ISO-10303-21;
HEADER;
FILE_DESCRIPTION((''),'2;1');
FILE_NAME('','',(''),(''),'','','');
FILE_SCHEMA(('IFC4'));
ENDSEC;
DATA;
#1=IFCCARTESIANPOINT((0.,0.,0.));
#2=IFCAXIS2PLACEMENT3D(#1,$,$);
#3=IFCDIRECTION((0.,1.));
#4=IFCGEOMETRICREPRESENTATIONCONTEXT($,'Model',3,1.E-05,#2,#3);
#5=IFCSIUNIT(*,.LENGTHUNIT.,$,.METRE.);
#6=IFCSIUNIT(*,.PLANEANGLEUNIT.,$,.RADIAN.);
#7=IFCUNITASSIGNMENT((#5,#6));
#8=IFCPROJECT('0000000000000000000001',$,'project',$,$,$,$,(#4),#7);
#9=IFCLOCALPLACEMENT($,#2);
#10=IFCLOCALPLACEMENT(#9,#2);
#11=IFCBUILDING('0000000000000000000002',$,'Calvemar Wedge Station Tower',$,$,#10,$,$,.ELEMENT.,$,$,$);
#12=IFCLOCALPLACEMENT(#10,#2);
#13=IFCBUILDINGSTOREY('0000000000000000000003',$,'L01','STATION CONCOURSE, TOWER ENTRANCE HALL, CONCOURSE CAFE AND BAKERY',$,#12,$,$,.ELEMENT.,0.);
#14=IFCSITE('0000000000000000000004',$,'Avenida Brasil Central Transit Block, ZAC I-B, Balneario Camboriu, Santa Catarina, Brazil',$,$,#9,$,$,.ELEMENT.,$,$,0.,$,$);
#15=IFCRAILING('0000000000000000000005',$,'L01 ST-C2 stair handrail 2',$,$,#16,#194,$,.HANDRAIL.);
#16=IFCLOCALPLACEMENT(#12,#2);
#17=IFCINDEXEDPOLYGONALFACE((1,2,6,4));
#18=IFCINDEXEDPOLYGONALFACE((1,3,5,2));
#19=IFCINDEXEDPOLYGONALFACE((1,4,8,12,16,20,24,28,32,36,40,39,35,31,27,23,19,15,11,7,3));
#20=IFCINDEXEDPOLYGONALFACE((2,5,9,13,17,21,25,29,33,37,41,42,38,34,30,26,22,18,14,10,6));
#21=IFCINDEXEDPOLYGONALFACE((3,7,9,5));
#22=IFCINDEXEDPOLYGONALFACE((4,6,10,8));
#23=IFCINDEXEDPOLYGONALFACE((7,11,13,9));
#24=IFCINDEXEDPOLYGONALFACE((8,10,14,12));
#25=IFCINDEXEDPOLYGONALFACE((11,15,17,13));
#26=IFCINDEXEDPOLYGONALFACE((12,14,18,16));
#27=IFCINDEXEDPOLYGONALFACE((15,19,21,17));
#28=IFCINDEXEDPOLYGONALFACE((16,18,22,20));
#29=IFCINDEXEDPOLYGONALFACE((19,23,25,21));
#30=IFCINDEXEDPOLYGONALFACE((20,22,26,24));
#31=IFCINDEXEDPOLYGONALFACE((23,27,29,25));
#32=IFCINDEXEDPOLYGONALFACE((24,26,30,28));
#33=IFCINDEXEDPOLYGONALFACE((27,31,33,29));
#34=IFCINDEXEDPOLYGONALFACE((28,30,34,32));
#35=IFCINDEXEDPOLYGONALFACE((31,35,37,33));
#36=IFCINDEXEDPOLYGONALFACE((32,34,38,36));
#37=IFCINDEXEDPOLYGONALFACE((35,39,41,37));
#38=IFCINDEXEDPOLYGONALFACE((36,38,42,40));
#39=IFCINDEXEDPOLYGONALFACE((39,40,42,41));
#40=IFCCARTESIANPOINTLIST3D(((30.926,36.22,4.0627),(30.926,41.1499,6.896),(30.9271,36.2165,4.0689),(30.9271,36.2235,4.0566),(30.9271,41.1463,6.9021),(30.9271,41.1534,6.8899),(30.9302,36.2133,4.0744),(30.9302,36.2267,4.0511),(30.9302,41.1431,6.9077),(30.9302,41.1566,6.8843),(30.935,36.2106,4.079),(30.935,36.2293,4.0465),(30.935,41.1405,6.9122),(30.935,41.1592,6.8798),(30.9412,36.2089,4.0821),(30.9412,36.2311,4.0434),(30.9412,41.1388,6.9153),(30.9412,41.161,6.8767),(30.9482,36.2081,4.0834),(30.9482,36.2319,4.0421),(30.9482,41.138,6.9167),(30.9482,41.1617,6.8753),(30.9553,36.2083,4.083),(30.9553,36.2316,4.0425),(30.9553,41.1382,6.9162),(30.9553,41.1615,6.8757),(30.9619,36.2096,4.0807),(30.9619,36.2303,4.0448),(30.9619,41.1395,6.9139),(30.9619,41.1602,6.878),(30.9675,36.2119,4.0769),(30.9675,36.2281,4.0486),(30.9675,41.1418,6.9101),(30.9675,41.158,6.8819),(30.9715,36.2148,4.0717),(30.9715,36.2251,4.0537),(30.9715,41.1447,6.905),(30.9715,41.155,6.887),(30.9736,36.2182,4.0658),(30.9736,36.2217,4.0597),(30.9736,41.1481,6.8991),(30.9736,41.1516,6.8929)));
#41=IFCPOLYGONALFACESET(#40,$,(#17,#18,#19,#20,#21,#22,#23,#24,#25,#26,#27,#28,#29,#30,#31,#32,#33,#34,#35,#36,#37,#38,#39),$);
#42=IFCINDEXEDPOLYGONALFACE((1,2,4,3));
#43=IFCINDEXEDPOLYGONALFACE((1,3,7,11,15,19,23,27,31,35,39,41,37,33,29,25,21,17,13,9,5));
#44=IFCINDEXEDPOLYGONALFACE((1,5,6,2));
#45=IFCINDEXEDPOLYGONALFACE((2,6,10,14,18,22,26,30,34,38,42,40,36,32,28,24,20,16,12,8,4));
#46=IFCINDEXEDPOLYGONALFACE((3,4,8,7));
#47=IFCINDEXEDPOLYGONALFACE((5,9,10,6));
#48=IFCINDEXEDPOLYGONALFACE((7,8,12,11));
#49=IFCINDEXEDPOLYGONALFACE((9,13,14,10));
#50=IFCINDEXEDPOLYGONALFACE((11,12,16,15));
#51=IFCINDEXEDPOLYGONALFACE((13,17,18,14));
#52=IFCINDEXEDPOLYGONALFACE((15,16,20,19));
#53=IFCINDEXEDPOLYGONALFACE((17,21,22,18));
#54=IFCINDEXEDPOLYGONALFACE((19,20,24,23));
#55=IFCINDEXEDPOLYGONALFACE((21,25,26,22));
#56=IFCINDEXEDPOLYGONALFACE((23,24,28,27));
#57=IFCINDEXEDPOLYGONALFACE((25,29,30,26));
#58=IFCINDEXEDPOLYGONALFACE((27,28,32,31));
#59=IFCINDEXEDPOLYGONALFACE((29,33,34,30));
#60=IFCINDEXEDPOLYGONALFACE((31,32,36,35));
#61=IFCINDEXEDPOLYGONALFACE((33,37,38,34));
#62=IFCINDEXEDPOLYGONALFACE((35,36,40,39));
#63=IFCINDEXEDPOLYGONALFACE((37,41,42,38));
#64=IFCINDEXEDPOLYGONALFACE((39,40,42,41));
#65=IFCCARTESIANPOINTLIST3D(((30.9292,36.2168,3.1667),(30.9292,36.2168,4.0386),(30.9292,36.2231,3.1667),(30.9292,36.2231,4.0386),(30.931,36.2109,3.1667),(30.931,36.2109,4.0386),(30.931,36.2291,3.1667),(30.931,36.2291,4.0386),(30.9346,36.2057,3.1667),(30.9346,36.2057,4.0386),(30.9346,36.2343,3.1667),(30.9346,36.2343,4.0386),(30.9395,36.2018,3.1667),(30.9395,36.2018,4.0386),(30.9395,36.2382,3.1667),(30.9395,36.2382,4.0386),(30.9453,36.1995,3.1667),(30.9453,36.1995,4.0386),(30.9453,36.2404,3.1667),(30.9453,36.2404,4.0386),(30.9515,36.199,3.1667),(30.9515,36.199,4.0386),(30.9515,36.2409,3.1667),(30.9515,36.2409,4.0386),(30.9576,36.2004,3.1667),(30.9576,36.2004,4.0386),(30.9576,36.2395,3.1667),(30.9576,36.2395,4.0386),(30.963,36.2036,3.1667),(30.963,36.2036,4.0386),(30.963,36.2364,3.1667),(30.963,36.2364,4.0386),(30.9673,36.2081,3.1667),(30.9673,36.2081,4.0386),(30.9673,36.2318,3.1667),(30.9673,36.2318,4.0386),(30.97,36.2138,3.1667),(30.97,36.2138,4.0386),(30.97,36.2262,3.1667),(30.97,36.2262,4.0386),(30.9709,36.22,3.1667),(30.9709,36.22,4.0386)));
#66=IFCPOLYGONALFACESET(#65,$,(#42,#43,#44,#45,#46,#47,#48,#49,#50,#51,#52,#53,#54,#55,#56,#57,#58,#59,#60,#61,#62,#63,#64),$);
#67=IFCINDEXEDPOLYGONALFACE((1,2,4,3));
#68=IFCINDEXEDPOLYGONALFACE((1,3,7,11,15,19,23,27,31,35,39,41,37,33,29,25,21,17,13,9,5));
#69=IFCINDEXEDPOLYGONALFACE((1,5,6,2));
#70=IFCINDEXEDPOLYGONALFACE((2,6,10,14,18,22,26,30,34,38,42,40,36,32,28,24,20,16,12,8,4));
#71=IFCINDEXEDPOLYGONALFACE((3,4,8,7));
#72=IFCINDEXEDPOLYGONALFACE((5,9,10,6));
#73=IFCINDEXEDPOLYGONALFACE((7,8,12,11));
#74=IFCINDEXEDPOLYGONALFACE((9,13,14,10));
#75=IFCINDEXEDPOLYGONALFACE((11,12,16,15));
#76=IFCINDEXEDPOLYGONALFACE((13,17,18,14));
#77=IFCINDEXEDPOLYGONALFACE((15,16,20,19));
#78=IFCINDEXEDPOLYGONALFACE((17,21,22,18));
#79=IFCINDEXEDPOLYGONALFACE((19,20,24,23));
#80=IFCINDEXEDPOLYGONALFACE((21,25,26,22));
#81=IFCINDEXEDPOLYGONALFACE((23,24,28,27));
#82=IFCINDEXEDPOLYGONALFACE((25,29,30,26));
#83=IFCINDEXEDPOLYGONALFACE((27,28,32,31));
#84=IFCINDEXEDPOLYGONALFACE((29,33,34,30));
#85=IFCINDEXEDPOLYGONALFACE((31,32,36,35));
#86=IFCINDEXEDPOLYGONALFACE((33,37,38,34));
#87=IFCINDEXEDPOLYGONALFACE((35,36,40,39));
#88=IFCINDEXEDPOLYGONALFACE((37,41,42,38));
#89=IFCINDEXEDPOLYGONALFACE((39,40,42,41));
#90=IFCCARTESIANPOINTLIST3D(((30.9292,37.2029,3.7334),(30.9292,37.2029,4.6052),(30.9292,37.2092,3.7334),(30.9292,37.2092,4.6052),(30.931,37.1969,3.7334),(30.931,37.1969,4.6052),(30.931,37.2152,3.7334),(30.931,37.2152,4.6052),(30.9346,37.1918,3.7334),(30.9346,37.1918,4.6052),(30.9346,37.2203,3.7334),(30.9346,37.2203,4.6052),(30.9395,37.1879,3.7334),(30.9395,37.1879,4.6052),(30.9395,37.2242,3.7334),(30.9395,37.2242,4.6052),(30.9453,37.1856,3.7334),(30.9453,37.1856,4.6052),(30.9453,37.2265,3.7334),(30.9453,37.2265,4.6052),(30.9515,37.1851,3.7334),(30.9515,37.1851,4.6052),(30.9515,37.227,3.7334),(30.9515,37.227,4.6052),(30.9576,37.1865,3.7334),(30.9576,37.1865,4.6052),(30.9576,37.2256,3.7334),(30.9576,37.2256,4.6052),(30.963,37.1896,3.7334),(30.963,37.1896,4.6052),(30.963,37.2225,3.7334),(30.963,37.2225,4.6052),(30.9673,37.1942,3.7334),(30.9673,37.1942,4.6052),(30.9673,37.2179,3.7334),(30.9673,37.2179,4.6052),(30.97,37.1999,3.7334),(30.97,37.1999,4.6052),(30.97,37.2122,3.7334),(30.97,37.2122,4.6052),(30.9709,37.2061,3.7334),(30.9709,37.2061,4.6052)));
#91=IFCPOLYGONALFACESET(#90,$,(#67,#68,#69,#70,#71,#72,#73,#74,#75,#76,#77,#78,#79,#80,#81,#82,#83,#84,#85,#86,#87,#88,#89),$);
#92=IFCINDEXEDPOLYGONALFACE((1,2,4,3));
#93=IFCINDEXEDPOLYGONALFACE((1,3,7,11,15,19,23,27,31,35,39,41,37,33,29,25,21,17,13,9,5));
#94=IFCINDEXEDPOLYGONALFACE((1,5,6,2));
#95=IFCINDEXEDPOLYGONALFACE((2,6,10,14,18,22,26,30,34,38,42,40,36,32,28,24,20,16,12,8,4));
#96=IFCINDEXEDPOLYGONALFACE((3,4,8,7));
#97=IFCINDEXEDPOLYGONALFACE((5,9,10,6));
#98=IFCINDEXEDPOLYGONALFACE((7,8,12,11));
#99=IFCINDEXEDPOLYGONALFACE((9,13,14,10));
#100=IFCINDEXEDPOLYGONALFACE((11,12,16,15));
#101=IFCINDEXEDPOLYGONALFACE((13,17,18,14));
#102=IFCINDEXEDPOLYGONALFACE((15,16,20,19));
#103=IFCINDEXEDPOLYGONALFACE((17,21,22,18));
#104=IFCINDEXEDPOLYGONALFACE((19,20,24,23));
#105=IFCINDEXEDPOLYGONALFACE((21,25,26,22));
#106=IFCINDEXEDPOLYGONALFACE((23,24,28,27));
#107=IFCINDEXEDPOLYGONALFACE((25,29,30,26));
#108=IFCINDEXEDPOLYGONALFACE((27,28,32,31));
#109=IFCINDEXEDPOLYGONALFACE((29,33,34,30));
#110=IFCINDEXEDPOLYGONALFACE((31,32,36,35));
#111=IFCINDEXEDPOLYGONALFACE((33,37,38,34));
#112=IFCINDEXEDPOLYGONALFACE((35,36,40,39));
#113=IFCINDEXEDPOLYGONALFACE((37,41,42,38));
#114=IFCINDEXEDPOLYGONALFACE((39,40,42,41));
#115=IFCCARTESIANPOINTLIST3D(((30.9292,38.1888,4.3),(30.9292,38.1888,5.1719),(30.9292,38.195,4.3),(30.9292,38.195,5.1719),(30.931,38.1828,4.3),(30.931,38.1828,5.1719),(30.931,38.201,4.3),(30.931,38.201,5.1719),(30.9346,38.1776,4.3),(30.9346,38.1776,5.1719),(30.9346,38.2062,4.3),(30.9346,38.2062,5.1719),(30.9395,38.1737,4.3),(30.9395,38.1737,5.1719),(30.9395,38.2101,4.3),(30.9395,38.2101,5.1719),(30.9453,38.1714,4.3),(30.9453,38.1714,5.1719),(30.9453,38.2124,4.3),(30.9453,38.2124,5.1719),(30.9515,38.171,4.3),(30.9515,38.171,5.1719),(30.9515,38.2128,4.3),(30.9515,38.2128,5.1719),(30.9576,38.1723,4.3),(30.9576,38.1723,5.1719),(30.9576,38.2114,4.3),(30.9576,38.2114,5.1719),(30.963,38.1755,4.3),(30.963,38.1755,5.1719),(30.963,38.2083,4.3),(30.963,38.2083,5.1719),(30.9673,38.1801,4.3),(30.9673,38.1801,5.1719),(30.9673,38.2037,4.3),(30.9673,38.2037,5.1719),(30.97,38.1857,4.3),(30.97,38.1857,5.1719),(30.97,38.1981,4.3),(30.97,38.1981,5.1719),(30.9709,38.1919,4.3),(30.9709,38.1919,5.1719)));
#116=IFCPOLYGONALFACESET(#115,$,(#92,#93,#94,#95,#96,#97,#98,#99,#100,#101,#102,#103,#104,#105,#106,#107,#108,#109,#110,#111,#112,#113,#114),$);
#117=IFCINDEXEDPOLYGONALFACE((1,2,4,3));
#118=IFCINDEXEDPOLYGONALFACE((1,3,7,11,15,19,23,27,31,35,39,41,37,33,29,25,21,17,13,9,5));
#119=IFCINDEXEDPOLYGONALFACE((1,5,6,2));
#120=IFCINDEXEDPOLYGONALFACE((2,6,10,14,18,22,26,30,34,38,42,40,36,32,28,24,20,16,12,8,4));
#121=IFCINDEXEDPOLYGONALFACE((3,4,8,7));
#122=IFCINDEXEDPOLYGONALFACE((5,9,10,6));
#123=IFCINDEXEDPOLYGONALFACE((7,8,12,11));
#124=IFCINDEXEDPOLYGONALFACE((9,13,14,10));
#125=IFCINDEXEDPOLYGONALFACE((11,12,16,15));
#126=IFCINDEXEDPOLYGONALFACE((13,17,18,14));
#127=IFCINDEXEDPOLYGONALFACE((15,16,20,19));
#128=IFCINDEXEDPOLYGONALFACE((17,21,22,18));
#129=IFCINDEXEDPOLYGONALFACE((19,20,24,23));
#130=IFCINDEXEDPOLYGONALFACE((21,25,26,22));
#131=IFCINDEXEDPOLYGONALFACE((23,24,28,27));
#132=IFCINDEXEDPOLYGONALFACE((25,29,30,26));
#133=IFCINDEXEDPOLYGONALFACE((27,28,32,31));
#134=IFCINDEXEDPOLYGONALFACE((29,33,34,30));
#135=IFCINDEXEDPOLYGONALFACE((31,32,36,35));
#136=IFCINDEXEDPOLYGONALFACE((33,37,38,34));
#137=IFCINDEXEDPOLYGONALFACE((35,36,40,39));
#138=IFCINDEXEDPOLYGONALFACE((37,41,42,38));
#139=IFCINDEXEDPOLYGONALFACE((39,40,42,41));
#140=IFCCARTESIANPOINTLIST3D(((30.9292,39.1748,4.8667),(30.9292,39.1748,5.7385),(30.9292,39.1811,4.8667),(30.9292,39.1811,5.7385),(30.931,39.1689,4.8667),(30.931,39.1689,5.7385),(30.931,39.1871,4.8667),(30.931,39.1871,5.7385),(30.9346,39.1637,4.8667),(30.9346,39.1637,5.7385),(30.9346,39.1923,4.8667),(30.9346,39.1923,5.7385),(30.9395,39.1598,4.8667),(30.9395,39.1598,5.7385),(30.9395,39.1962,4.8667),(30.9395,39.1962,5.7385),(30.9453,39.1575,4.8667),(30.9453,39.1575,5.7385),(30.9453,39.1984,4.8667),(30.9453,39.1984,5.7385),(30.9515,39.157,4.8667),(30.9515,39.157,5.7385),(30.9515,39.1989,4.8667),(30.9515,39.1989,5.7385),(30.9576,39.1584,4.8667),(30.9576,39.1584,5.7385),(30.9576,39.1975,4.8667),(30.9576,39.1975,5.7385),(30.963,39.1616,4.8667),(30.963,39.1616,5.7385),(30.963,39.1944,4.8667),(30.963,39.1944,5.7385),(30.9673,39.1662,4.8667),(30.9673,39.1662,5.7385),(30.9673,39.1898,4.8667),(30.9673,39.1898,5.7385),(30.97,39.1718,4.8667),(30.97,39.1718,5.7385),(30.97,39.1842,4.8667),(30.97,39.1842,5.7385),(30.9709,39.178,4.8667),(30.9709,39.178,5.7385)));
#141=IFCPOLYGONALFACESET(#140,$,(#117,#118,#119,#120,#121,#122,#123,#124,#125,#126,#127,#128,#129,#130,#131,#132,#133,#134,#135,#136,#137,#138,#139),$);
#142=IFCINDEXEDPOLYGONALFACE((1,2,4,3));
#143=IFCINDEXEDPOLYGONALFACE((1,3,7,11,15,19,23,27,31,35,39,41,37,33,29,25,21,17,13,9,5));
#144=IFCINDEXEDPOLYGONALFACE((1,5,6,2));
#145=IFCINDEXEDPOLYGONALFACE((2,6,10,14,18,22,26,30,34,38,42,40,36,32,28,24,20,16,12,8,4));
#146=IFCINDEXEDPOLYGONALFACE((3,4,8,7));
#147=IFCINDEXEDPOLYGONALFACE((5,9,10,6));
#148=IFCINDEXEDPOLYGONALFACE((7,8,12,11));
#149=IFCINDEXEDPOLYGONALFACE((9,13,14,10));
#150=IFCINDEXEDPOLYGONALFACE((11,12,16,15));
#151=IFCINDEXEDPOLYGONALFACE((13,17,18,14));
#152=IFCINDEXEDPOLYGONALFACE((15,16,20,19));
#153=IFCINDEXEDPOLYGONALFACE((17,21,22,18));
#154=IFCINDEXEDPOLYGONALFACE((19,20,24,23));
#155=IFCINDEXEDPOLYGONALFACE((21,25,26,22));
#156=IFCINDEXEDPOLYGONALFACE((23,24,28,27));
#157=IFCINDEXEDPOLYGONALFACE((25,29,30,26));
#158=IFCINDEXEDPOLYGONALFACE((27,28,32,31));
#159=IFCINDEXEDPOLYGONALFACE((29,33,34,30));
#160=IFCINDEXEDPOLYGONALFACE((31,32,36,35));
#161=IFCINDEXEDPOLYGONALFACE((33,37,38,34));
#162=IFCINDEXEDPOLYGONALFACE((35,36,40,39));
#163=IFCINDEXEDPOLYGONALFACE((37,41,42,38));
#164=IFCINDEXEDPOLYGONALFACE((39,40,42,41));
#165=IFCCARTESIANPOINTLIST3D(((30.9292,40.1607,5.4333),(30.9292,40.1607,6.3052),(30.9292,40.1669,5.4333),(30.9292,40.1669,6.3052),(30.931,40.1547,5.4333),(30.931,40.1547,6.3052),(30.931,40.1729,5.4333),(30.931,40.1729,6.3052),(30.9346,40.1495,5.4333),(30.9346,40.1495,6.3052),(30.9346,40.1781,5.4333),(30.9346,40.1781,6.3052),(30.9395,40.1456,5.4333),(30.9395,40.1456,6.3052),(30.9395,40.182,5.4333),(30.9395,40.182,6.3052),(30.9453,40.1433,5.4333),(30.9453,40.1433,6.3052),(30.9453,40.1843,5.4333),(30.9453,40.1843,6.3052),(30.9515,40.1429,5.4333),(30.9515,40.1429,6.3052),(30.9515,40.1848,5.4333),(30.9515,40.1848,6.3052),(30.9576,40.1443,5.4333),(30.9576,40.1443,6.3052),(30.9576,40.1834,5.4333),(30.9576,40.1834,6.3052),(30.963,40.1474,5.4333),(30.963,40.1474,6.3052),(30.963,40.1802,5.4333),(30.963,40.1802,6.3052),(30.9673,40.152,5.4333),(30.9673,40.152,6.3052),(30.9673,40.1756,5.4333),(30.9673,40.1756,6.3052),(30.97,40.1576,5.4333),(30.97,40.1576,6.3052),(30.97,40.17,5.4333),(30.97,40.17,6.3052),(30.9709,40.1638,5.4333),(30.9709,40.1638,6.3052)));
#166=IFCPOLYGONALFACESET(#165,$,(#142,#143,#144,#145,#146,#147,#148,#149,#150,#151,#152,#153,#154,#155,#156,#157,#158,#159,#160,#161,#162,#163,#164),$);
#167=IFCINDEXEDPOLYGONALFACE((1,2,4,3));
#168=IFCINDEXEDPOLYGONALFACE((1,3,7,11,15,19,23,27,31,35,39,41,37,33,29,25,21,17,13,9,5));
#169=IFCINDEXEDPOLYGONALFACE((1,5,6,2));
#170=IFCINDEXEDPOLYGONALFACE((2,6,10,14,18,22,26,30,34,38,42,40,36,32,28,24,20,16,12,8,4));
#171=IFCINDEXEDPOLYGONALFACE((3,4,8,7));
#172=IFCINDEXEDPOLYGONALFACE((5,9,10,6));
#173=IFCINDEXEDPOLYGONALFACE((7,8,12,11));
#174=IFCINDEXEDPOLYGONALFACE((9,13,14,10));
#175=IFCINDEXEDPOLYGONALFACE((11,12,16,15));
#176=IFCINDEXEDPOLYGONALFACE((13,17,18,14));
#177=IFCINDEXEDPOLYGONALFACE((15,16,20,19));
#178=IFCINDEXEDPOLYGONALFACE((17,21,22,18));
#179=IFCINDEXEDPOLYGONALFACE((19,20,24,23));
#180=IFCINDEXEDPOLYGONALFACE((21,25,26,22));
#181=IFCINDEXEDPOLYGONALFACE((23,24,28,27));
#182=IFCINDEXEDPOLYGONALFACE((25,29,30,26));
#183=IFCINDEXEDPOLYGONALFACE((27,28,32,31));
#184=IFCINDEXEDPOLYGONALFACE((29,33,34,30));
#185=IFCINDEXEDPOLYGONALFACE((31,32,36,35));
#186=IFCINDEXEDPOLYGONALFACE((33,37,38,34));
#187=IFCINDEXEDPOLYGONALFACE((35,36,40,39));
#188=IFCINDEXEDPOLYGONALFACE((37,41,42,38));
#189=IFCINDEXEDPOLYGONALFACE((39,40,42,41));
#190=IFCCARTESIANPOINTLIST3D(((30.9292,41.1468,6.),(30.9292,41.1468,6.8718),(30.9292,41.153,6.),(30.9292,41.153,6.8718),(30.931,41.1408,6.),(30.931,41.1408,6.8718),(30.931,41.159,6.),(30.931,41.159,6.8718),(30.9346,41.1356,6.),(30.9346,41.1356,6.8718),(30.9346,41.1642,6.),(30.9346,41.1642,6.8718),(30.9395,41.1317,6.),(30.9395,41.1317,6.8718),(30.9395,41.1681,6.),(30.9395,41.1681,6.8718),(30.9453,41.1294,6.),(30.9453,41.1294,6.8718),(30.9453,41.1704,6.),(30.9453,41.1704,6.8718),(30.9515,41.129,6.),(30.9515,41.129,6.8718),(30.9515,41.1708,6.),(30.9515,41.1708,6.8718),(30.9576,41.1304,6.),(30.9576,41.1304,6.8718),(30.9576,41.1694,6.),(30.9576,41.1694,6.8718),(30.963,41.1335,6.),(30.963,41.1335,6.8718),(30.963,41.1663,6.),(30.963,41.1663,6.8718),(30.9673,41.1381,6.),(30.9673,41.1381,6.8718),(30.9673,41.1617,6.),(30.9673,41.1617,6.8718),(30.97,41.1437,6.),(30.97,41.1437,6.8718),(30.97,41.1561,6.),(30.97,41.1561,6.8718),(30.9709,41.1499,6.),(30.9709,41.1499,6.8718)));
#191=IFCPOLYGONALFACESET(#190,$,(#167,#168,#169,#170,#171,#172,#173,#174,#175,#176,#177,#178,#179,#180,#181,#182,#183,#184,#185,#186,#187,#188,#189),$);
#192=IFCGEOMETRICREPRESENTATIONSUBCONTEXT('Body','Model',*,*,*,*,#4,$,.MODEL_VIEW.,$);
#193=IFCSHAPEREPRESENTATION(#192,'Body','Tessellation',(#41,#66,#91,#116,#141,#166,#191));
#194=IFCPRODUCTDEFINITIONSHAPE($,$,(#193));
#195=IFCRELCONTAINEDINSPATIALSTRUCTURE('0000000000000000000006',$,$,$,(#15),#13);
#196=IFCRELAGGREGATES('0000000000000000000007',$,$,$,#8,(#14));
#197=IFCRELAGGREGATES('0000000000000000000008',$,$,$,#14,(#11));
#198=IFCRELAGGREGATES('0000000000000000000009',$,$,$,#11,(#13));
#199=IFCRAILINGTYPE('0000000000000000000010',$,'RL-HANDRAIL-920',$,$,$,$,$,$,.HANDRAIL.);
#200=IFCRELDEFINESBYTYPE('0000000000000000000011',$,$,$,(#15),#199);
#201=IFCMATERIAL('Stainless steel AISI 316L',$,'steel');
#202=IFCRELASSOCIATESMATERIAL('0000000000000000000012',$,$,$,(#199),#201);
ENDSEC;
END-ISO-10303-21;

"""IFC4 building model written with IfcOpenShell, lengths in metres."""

from ifc_helpers import new_model, si_unit, direction, frame, origin, origin_2d, place, context, subcontext, project, spatial, circle, extrude, material, type_object, element, save


model = new_model("IFC4")

# Units and contexts
model_context = context("Model", 3, precision=1e-05, world=origin(), true_north=direction((0.0, 1.0)))
body_context = subcontext(model_context, "Body", "Model", "MODEL_VIEW")
ifc_project = project(units=[si_unit("LENGTHUNIT", "METRE"), si_unit("PLANEANGLEUNIT", "RADIAN")], contexts=[model_context])

# Site, building, storey
site_placement = place(None, origin())
site = spatial("IfcSite", under=ifc_project, at=site_placement, Name="Avenida Brasil Central Transit Block, ZAC I-B, Balneario Camboriu, Santa Catarina, Brazil", CompositionType="ELEMENT", RefElevation=0.0)
building_placement = place(site_placement, origin())
building = spatial("IfcBuilding", under=site, at=building_placement, Name="Calvemar Wedge Station Tower", CompositionType="ELEMENT")
storey_placement = place(building_placement, origin())
storey = spatial("IfcBuildingStorey", under=building, at=storey_placement, Name="L01", Description="STATION CONCOURSE, TOWER ENTRANCE HALL, CONCOURSE CAFE AND BAKERY", CompositionType="ELEMENT", Elevation=0.0)

# Railing
ifc_material_1 = material(Name="Stainless steel AISI 316L", Category="steel")
railing_type_1 = type_object("IfcRailingType", Name="RL-HANDRAIL-920", PredefinedType="HANDRAIL", material=ifc_material_1)
railing_1_placement = place(storey_placement, frame((30.95, 36.22, 3.1667)))
element("IfcRailing", 1, at=railing_1_placement, inside=storey, type_object=railing_type_1, Name="L01 ST-C2 stair handrail 2", PredefinedType="HANDRAIL", context=body_context, shape_type="SweptSolid", body=[
    extrude(circle(Radius=0.0239, at=origin_2d()), frame((0.0, 0.0, 0.896), z_axis=(0.0, 0.867017, 0.498278), x_axis=(-1.0, 0.0, 0.0)), (0.0, 0.0, 1.0), 5.686),
    extrude(circle(Radius=0.021, at=origin_2d()), origin(), (0.0, 0.0, 1.0), 0.8718),
    extrude(circle(Radius=0.021, at=origin_2d()), frame((0.0, 0.9861, 0.5667)), (0.0, 0.0, 1.0), 0.8718),
    extrude(circle(Radius=0.021, at=origin_2d()), frame((0.0, 1.9719, 1.1333)), (0.0, 0.0, 1.0), 0.8718),
    extrude(circle(Radius=0.021, at=origin_2d()), frame((0.0, 2.958, 1.7)), (0.0, 0.0, 1.0), 0.8718),
    extrude(circle(Radius=0.021, at=origin_2d()), frame((0.0, 3.9438, 2.2666)), (0.0, 0.0, 1.0), 0.8718),
    extrude(circle(Radius=0.021, at=origin_2d()), frame((0.0, 4.9299, 2.8333)), (0.0, 0.0, 1.0), 0.8718),
])

save(model, "model.ifc")
